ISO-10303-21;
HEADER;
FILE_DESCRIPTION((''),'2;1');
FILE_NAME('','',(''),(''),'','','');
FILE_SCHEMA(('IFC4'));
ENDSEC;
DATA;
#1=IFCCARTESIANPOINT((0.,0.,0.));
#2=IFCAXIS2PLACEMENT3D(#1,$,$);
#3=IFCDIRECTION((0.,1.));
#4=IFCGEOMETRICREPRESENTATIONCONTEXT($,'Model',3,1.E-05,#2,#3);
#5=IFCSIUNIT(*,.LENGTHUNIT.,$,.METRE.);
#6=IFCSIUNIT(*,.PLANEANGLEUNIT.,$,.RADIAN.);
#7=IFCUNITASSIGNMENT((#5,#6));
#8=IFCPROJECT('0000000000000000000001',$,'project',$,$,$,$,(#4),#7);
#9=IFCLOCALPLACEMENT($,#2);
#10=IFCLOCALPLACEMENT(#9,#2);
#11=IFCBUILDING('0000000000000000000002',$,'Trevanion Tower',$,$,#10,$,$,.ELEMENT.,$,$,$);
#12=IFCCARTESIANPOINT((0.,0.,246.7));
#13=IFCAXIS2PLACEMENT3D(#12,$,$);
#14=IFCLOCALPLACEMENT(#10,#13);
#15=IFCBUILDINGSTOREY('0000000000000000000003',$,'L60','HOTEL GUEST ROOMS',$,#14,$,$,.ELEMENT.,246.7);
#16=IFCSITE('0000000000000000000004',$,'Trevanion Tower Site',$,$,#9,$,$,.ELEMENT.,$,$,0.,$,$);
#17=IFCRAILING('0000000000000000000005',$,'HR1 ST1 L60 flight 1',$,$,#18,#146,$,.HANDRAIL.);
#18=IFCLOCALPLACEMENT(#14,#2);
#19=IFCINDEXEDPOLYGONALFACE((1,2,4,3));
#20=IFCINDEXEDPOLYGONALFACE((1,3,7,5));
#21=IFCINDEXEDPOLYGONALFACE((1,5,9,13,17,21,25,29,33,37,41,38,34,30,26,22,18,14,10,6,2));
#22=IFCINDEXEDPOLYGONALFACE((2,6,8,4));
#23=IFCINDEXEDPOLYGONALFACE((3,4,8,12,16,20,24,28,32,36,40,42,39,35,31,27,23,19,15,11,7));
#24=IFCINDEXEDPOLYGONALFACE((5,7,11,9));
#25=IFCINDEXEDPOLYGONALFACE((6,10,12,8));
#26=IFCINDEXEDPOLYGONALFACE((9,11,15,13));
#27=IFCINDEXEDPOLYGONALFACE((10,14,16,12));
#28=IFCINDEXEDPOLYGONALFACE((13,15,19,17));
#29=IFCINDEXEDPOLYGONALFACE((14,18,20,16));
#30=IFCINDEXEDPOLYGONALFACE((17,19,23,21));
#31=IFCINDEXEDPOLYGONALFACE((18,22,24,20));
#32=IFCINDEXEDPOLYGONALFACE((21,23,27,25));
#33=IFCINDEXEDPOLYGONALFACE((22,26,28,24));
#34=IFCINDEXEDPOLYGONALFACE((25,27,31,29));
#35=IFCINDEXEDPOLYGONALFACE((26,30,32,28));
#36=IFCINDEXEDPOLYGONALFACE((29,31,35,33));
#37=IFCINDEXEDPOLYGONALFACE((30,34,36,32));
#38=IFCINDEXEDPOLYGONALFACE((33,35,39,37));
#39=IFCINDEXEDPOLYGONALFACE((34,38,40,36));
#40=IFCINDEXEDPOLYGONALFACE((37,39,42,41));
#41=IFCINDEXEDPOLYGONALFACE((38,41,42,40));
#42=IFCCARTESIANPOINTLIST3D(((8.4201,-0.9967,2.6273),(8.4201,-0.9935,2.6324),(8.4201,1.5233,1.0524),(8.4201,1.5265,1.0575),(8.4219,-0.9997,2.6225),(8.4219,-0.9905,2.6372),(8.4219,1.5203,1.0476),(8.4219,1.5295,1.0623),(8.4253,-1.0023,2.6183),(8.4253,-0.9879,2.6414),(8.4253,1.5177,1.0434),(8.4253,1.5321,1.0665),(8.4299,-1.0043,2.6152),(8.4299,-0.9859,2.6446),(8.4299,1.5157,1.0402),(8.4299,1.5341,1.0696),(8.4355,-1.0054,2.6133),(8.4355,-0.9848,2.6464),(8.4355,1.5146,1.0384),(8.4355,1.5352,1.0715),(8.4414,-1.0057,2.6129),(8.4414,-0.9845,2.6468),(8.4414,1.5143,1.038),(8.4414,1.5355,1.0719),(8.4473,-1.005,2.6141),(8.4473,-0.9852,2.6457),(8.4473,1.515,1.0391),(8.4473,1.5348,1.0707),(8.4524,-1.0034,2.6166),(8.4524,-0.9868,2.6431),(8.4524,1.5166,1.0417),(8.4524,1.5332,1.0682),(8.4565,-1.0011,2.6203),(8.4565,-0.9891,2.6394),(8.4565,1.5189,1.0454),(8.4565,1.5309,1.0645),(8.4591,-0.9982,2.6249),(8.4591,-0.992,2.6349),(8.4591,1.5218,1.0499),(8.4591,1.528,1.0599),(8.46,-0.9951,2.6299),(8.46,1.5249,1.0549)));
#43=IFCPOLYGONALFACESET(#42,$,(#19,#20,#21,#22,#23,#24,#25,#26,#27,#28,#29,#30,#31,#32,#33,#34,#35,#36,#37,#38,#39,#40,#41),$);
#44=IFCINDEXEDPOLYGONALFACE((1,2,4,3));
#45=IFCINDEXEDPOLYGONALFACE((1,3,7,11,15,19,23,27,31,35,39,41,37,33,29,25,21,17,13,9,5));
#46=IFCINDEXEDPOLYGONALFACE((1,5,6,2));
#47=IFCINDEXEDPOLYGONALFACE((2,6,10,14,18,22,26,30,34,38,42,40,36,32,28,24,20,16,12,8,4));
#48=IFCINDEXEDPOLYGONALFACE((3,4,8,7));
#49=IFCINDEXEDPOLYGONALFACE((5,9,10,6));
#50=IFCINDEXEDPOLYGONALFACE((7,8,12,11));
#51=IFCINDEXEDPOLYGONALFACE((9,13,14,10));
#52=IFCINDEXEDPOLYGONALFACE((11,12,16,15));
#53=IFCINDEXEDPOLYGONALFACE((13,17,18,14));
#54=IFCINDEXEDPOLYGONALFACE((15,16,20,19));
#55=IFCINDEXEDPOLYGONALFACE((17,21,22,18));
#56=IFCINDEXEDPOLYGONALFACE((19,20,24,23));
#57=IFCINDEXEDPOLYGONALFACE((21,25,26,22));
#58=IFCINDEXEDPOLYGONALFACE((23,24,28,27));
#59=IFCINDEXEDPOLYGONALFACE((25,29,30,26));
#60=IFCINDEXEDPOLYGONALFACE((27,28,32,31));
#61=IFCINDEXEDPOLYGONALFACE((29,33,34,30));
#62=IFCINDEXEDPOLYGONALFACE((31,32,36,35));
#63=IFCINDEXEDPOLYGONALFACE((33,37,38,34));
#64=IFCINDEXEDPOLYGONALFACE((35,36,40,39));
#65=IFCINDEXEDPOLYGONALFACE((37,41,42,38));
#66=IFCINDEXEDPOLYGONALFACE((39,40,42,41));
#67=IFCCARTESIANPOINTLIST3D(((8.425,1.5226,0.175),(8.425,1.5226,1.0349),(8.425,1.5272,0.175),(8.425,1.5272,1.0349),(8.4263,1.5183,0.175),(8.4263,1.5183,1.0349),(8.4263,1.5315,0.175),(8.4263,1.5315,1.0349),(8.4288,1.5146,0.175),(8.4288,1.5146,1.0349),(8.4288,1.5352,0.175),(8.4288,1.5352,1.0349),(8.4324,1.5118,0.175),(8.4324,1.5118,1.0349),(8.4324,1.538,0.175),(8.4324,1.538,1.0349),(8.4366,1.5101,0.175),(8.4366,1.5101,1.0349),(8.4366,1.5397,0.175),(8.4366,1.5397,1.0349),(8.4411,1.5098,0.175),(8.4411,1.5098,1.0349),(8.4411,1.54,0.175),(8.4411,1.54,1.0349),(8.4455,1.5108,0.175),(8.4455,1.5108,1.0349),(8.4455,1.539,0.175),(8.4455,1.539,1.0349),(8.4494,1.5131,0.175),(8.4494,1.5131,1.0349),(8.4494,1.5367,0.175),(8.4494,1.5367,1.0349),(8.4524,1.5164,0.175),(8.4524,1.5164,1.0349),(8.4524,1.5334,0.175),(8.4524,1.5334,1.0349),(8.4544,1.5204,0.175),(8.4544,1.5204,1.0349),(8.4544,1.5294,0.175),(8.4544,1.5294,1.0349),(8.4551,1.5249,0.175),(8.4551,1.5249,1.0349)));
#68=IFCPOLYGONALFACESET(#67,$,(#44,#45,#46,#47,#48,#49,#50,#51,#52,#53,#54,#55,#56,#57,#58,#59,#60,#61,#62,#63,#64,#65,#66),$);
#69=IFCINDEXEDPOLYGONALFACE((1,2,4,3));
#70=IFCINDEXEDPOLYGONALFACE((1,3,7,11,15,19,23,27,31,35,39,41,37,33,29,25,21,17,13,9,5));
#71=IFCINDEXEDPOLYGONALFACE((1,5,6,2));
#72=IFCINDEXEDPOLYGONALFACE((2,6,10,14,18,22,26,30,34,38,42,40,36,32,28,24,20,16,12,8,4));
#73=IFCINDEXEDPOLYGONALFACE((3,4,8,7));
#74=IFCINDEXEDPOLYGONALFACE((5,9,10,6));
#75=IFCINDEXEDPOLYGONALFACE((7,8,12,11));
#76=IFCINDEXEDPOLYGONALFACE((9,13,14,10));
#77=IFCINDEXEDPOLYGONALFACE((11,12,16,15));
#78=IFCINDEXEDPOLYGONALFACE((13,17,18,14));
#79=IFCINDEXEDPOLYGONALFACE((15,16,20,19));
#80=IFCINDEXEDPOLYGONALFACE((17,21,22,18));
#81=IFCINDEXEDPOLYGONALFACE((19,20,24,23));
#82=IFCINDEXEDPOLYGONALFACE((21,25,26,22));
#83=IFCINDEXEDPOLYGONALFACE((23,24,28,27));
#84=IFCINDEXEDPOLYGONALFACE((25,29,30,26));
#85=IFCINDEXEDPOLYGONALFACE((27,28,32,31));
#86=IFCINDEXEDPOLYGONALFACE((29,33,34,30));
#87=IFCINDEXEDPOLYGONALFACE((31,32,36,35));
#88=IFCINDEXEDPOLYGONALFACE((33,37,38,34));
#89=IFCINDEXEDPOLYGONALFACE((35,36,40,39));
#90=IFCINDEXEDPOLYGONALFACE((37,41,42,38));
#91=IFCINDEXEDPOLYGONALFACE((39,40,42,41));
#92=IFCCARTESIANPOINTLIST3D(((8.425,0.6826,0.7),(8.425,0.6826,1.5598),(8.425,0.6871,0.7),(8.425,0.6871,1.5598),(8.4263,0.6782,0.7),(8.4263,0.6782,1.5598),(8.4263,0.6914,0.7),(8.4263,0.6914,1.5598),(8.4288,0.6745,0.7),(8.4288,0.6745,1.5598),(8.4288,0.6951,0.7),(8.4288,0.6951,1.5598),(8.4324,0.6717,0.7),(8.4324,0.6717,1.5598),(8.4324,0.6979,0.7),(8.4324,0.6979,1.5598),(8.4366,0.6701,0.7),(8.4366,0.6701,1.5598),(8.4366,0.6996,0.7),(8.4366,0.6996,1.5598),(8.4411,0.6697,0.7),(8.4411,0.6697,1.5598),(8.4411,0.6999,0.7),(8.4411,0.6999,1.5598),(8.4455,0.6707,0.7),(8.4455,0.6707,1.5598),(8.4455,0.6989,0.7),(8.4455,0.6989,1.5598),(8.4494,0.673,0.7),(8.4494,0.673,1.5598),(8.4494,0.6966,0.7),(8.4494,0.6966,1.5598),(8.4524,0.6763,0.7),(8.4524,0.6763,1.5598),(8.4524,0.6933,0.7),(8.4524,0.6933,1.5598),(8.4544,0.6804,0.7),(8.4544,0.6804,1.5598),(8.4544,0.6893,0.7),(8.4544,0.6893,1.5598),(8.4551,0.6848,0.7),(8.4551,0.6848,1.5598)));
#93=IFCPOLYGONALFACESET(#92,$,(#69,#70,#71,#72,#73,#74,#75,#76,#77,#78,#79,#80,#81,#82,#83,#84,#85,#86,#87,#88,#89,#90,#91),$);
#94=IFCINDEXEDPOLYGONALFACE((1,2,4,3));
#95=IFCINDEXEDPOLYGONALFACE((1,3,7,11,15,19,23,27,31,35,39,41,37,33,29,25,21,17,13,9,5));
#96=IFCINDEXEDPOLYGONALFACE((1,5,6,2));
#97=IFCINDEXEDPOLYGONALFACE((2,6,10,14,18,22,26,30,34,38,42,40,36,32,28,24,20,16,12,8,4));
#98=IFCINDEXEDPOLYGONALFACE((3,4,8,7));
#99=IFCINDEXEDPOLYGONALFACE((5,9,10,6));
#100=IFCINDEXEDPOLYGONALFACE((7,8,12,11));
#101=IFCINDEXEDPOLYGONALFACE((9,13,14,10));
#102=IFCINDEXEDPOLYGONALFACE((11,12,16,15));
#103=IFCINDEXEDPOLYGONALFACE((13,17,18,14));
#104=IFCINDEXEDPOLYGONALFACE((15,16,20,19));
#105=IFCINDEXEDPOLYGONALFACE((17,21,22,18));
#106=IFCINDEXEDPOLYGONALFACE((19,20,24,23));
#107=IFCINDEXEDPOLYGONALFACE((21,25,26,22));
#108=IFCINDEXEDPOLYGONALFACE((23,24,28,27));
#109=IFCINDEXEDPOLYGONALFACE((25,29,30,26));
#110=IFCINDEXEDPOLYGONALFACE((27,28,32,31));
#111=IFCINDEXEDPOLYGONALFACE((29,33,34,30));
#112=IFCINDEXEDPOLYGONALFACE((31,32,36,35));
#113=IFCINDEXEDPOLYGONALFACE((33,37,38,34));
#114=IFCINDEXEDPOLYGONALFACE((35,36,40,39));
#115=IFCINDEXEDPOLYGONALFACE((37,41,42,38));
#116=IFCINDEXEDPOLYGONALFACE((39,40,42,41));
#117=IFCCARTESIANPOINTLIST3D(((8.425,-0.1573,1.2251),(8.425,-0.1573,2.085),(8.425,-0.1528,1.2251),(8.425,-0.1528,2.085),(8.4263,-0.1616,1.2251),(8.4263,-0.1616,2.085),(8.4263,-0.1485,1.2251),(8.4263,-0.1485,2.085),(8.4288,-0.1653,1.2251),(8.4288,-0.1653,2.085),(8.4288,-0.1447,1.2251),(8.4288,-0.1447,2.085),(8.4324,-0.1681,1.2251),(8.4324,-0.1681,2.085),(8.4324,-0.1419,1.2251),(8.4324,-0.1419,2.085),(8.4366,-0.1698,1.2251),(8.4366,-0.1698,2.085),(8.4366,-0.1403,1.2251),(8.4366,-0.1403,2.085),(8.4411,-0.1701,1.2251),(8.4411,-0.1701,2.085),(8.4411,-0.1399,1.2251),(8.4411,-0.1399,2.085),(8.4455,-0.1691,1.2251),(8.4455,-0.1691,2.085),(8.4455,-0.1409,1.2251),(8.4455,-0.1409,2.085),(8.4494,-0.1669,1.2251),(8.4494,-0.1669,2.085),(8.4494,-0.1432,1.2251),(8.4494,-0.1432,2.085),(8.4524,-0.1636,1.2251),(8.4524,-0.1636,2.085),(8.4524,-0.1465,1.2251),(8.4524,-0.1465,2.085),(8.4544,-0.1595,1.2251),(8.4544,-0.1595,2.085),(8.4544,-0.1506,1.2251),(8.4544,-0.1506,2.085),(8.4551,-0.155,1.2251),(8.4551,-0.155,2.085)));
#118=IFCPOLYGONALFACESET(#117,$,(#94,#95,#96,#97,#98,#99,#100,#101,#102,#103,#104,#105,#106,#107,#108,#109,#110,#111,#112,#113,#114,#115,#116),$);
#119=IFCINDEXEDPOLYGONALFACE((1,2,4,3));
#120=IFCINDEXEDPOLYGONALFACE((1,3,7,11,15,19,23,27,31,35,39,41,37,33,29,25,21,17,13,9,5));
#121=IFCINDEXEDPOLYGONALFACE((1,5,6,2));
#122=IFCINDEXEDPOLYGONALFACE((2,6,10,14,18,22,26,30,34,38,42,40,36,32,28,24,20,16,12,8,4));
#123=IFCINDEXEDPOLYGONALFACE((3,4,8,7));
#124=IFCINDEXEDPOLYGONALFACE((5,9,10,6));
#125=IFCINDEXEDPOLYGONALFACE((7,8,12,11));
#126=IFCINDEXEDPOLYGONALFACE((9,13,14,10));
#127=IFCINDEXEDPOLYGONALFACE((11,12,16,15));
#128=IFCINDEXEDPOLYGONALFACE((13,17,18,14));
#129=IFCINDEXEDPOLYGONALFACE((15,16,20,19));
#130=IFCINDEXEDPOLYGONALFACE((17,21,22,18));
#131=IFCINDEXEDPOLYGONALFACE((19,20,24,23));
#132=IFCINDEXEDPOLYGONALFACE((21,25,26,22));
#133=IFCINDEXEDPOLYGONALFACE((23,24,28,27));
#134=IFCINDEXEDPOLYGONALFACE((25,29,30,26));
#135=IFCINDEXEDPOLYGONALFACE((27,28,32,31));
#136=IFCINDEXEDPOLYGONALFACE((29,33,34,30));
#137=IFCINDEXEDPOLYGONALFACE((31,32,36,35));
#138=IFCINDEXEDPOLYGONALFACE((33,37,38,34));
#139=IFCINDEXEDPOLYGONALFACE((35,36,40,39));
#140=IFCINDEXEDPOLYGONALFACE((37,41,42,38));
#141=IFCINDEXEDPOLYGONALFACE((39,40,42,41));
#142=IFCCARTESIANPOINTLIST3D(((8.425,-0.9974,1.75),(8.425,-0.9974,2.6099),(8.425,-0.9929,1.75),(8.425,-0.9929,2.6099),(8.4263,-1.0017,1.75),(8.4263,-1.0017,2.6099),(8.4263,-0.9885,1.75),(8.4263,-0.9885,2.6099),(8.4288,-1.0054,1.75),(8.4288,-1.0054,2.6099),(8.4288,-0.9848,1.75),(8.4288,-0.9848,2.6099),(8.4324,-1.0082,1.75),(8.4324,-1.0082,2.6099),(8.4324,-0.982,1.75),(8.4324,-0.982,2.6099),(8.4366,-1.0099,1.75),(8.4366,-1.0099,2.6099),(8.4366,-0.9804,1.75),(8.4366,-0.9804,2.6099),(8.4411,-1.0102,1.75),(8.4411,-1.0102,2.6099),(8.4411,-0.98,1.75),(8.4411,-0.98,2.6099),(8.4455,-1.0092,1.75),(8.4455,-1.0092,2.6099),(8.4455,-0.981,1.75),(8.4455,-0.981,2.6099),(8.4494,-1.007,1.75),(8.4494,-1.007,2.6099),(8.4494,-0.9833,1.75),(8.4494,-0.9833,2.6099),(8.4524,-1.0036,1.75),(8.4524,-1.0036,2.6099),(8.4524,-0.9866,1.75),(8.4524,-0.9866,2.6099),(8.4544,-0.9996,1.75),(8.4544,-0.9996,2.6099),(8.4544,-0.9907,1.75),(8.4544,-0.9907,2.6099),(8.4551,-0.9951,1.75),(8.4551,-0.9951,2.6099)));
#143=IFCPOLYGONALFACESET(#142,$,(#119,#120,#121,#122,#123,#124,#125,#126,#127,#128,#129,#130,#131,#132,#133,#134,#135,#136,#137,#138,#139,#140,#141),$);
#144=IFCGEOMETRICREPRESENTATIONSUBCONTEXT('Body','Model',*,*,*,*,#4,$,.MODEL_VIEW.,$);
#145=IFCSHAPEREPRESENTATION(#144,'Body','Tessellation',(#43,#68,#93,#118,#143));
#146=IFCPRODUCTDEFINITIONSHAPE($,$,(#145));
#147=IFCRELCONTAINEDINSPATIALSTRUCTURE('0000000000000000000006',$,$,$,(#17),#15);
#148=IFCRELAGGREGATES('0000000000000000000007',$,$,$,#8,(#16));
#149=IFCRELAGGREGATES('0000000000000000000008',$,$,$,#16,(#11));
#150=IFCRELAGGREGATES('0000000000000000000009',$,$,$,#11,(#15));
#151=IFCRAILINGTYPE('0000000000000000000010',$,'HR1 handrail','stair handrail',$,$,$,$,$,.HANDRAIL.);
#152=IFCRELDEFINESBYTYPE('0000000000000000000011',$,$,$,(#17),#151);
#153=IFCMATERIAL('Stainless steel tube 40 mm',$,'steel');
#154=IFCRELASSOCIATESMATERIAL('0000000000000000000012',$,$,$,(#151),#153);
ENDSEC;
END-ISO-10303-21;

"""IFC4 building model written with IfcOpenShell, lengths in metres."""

from ifc_helpers import new_model, si_unit, direction, frame, origin, origin_2d, place, context, subcontext, project, spatial, circle, extrude, material, type_object, element, save


model = new_model("IFC4")

# Units and contexts
model_context = context("Model", 3, precision=1e-05, world=origin(), true_north=direction((0.0, 1.0)))
body_context = subcontext(model_context, "Body", "Model", "MODEL_VIEW")
ifc_project = project(units=[si_unit("LENGTHUNIT", "METRE"), si_unit("PLANEANGLEUNIT", "RADIAN")], contexts=[model_context])

# Site, building, storey
site_placement = place(None, origin())
site = spatial("IfcSite", under=ifc_project, at=site_placement, Name="Trevanion Tower Site", CompositionType="ELEMENT", RefElevation=0.0)
building_placement = place(site_placement, origin())
building = spatial("IfcBuilding", under=site, at=building_placement, Name="Trevanion Tower", CompositionType="ELEMENT")
storey_placement = place(building_placement, frame((0.0, 0.0, 246.7)))
storey = spatial("IfcBuildingStorey", under=building, at=storey_placement, Name="L60", Description="HOTEL GUEST ROOMS", CompositionType="ELEMENT", Elevation=246.7)

# Railing
ifc_material_1 = material(Name="Stainless steel tube 40 mm", Category="steel")
railing_type = type_object("IfcRailingType", Name="HR1 handrail", Description="stair handrail", PredefinedType="HANDRAIL", material=ifc_material_1)
for number, where, name in (
    (1, (8.4399, 1.5249, 0.175), "HR1 ST1 L60 flight 1"),
):
    element("IfcRailing", number, at=place(storey_placement, frame(where)), inside=storey, type_object=railing_type, Name=name, PredefinedType="HANDRAIL", context=body_context, shape_type="SweptSolid", body=[
        extrude(circle(Radius=0.02, at=origin_2d()), frame((0.0, 0.0, 0.8799), z_axis=(0.0, -0.848008, 0.529984), x_axis=(1.0, 0.0, 0.0)), (0.0, 0.0, 1.0), 2.9717),
        extrude(circle(Radius=0.0151, at=origin_2d()), origin(), (0.0, 0.0, 1.0), 0.8599),
        extrude(circle(Radius=0.0151, at=origin_2d()), frame((0.0, -0.8401, 0.5249)), (0.0, 0.0, 1.0), 0.8599),
        extrude(circle(Radius=0.0151, at=origin_2d()), frame((0.0, -1.6799, 1.05)), (0.0, 0.0, 1.0), 0.8599),
        extrude(circle(Radius=0.0151, at=origin_2d()), frame((0.0, -2.52, 1.575)), (0.0, 0.0, 1.0), 0.8599),
    ])

save(model, "model.ifc")
